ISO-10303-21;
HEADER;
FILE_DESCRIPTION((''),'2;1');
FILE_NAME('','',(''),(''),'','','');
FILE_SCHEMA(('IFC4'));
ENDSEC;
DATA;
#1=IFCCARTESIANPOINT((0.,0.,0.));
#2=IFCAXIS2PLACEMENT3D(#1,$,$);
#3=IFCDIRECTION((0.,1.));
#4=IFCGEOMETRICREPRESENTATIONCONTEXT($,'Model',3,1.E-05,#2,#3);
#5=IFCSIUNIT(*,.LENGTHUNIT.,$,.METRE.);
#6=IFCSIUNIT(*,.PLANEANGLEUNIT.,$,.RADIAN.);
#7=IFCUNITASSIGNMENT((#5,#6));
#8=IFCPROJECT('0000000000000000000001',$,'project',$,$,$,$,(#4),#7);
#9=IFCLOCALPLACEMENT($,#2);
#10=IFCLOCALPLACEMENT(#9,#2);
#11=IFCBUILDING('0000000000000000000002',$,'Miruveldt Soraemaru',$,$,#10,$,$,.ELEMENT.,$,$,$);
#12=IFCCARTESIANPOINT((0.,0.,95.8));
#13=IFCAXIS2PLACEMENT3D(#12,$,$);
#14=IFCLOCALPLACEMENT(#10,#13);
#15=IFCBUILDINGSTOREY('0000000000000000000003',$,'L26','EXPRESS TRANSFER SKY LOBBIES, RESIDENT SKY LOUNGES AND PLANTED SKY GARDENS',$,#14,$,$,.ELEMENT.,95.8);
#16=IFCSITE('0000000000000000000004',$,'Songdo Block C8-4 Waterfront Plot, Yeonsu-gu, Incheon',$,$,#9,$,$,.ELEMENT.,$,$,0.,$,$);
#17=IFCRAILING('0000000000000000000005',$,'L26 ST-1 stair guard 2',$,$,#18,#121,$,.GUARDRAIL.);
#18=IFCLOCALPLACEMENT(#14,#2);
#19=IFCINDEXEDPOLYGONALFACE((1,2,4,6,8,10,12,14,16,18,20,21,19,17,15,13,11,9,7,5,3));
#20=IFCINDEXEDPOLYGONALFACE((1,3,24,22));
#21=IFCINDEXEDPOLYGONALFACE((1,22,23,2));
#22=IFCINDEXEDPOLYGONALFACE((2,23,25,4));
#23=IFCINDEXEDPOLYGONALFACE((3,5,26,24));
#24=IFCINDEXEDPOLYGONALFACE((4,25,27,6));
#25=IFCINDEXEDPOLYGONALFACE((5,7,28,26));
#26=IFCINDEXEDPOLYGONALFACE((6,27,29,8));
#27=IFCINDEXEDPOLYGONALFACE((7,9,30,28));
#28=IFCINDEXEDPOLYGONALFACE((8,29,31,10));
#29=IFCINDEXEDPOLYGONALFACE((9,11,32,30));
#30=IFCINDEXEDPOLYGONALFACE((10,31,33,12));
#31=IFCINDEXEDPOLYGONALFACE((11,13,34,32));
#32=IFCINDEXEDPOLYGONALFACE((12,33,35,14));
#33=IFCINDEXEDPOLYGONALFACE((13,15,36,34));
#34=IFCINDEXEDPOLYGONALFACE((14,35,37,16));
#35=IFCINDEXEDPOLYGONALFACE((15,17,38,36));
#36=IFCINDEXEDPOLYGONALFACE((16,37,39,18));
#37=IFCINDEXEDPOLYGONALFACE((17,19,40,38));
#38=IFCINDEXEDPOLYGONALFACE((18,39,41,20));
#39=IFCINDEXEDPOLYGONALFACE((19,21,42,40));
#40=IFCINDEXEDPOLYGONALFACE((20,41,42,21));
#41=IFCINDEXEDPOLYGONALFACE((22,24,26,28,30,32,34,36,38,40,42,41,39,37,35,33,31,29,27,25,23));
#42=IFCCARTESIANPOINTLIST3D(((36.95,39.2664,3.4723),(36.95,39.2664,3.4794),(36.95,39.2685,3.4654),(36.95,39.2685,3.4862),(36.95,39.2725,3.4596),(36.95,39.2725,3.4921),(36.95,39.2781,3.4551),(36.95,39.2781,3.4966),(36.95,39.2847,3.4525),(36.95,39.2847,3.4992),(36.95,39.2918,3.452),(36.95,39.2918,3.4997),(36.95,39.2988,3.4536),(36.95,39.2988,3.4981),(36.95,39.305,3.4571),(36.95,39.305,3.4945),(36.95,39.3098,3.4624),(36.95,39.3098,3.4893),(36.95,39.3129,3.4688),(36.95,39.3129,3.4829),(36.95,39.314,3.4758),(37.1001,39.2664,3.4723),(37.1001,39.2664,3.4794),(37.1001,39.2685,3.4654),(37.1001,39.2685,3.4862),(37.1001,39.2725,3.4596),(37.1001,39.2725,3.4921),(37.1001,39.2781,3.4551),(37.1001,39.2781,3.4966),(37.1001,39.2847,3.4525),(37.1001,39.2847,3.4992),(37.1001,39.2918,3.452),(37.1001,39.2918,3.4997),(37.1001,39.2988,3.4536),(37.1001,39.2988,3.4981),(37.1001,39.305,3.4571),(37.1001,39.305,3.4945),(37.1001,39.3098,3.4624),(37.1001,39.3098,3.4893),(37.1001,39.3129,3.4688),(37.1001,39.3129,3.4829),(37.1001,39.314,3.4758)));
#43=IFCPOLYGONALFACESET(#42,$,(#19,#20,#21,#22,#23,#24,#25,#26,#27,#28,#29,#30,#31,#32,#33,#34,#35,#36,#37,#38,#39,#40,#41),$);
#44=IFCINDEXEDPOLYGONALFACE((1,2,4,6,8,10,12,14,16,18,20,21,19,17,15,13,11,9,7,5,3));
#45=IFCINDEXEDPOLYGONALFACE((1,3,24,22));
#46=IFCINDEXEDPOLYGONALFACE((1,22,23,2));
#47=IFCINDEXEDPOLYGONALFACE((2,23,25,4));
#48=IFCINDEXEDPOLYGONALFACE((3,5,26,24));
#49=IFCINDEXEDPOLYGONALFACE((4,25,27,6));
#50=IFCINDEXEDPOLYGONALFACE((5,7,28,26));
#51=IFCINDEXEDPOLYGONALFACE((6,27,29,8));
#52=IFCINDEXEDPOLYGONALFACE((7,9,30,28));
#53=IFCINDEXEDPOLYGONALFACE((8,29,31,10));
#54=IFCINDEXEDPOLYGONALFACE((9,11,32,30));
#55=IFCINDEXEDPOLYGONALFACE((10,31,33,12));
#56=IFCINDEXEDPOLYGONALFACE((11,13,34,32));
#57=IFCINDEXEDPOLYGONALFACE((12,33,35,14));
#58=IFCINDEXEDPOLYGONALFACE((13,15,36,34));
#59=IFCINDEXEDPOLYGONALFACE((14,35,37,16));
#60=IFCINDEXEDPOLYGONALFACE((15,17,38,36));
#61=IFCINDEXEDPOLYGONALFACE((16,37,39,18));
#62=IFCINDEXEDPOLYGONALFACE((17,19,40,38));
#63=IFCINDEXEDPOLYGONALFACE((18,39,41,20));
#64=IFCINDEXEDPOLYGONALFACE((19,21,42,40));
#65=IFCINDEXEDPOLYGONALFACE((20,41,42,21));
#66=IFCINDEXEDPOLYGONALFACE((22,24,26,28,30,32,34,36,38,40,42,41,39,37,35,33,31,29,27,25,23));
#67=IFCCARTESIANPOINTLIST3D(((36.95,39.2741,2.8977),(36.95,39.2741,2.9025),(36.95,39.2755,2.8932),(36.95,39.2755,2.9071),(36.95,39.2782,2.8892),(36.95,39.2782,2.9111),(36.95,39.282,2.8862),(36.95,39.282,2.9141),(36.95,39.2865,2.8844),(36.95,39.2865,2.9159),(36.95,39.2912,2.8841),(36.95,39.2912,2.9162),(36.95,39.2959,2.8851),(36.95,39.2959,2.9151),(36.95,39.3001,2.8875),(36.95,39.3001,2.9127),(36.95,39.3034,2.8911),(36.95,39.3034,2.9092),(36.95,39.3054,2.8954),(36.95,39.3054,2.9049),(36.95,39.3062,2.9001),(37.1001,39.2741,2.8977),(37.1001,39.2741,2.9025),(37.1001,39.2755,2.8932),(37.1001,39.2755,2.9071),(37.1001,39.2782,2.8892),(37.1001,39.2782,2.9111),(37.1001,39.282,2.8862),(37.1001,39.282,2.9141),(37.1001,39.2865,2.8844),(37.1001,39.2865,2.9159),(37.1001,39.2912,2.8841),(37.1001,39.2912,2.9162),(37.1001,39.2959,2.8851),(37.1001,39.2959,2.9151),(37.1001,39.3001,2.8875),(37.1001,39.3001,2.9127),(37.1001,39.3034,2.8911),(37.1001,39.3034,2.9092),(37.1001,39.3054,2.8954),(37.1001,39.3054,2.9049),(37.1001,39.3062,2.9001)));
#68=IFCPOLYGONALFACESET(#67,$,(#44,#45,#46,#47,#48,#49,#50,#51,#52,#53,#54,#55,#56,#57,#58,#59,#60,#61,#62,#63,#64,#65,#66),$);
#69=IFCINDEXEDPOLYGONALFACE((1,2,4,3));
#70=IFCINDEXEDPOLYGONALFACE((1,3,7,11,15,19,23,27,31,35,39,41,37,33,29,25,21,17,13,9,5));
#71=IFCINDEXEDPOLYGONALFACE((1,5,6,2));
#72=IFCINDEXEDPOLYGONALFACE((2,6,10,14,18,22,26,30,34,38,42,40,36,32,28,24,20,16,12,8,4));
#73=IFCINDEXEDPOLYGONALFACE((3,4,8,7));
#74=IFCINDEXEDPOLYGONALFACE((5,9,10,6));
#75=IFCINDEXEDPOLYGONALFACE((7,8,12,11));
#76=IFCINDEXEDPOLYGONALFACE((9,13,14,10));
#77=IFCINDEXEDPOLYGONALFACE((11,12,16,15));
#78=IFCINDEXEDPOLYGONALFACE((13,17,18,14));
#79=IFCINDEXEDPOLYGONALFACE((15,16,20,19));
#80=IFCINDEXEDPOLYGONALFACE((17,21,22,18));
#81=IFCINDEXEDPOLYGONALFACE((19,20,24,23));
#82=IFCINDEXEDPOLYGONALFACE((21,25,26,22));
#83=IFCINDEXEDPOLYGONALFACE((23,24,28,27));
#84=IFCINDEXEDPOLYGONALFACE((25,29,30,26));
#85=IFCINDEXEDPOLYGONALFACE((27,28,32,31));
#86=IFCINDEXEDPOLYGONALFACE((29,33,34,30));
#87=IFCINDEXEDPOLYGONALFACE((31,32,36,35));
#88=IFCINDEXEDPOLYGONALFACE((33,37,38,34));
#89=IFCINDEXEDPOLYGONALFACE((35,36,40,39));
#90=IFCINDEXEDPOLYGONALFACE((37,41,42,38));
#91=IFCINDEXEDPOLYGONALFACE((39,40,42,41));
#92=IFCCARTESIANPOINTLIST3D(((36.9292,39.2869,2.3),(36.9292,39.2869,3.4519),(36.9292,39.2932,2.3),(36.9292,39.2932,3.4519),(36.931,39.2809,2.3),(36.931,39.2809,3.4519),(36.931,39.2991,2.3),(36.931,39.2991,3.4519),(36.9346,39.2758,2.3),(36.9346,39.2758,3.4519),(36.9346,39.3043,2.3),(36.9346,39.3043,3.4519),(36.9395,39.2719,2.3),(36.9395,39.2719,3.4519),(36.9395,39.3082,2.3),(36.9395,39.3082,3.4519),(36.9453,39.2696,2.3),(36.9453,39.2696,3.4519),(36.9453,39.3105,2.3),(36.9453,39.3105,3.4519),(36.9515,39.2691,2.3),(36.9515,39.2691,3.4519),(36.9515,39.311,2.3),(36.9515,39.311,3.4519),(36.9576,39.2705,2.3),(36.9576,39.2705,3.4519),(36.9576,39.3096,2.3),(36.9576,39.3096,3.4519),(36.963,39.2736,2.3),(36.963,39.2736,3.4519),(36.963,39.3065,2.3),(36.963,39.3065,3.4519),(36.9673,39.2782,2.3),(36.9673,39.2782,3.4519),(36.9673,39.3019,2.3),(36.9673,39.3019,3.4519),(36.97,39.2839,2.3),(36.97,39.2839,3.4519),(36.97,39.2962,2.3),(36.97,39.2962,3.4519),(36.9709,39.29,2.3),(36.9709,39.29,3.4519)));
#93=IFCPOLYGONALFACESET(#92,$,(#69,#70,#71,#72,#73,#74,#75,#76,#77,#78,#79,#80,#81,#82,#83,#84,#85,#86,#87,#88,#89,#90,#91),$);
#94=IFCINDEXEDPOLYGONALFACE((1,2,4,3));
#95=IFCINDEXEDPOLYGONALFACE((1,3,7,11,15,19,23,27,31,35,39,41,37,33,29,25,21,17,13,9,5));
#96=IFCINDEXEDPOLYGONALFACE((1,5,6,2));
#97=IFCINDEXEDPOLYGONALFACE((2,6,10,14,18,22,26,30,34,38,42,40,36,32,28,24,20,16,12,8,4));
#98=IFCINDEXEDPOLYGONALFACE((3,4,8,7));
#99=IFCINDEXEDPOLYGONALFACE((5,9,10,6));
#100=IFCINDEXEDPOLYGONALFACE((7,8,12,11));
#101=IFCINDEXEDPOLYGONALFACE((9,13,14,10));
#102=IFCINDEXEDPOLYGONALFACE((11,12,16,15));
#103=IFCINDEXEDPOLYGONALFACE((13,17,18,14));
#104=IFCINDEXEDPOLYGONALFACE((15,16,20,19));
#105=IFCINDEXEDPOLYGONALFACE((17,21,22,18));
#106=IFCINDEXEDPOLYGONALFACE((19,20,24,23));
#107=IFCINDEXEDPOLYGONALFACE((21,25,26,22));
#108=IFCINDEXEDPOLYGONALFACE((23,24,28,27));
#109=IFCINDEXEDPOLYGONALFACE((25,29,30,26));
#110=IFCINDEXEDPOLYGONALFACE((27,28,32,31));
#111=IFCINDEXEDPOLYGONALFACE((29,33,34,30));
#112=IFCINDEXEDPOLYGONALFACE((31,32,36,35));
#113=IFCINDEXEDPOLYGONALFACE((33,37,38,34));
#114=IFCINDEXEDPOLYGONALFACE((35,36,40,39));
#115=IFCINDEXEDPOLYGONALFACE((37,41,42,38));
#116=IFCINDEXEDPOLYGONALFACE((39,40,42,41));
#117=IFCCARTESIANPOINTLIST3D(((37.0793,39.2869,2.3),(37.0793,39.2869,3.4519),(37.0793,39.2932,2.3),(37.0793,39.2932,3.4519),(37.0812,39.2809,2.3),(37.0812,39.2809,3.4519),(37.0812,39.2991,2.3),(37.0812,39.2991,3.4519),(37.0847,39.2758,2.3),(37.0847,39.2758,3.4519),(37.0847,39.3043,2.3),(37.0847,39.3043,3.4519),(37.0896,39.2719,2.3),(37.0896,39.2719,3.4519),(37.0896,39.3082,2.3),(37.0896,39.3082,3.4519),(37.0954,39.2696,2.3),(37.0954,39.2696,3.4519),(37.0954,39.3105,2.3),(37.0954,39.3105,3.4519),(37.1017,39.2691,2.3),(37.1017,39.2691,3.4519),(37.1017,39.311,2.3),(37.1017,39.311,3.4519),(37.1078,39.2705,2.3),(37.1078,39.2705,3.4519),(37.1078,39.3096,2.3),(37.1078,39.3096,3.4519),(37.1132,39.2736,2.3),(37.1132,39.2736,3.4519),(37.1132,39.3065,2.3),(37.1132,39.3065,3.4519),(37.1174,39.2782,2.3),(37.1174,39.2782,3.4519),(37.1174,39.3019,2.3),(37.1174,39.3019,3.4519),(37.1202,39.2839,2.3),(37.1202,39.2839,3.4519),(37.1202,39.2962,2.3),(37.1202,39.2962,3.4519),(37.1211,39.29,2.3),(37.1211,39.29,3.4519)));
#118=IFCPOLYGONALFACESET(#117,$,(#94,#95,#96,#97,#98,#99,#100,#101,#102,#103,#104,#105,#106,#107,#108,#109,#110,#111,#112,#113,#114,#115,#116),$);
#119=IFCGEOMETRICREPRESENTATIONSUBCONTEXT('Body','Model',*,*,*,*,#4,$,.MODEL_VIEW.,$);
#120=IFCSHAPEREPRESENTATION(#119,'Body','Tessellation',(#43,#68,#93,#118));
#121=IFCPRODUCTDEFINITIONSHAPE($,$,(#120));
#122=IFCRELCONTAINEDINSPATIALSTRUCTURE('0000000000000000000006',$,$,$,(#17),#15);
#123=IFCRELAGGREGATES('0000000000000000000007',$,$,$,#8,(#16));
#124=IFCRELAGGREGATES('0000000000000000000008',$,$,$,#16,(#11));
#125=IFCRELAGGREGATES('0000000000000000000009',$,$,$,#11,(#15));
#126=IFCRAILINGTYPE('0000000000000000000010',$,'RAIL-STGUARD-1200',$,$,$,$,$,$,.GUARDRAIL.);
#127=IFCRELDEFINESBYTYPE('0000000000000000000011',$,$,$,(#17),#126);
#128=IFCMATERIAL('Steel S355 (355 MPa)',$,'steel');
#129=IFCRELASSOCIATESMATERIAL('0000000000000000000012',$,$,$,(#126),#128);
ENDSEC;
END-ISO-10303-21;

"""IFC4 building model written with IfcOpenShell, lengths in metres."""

from ifc_helpers import new_model, si_unit, direction, frame, origin, origin_2d, place, context, subcontext, project, spatial, circle, extrude, material, type_object, element, save


model = new_model("IFC4")

# Units and contexts
model_context = context("Model", 3, precision=1e-05, world=origin(), true_north=direction((0.0, 1.0)))
body_context = subcontext(model_context, "Body", "Model", "MODEL_VIEW")
ifc_project = project(units=[si_unit("LENGTHUNIT", "METRE"), si_unit("PLANEANGLEUNIT", "RADIAN")], contexts=[model_context])

# Site, building, storey
site_placement = place(None, origin())
site = spatial("IfcSite", under=ifc_project, at=site_placement, Name="Songdo Block C8-4 Waterfront Plot, Yeonsu-gu, Incheon", CompositionType="ELEMENT", RefElevation=0.0)
building_placement = place(site_placement, origin())
building = spatial("IfcBuilding", under=site, at=building_placement, Name="Miruveldt Soraemaru", CompositionType="ELEMENT")
storey_placement = place(building_placement, frame((0.0, 0.0, 95.8)))
storey = spatial("IfcBuildingStorey", under=building, at=storey_placement, Name="L26", Description="EXPRESS TRANSFER SKY LOBBIES, RESIDENT SKY LOUNGES AND PLANTED SKY GARDENS", CompositionType="ELEMENT", Elevation=95.8)

# Railing
ifc_material_1 = material(Name="Steel S355 (355 MPa)", Category="steel")
railing_type_1 = type_object("IfcRailingType", Name="RAIL-STGUARD-1200", PredefinedType="GUARDRAIL", material=ifc_material_1)
railing_1_placement = place(storey_placement, frame((36.95, 39.29, 2.3)))
element("IfcRailing", 1, at=railing_1_placement, inside=storey, type_object=railing_type_1, Name="L26 ST-1 stair guard 2", PredefinedType="GUARDRAIL", context=body_context, shape_type="SweptSolid", body=[
    extrude(circle(Radius=0.0239, at=origin_2d()), frame((0.0, 0.0, 1.1758), z_axis=(1.0, 0.0, 0.0), x_axis=(0.0, 1.0, 0.0)), (0.0, 0.0, 1.0), 0.1501),
    extrude(circle(Radius=0.0161, at=origin_2d()), frame((0.0, 0.0, 0.6001), z_axis=(1.0, 0.0, 0.0), x_axis=(0.0, 1.0, 0.0)), (0.0, 0.0, 1.0), 0.1501),
    extrude(circle(Radius=0.021, at=origin_2d()), origin(), (0.0, 0.0, 1.0), 1.1519),
    extrude(circle(Radius=0.021, at=origin_2d()), frame((0.1501, 0.0, 0.0)), (0.0, 0.0, 1.0), 1.1519),
])

save(model, "model.ifc")
